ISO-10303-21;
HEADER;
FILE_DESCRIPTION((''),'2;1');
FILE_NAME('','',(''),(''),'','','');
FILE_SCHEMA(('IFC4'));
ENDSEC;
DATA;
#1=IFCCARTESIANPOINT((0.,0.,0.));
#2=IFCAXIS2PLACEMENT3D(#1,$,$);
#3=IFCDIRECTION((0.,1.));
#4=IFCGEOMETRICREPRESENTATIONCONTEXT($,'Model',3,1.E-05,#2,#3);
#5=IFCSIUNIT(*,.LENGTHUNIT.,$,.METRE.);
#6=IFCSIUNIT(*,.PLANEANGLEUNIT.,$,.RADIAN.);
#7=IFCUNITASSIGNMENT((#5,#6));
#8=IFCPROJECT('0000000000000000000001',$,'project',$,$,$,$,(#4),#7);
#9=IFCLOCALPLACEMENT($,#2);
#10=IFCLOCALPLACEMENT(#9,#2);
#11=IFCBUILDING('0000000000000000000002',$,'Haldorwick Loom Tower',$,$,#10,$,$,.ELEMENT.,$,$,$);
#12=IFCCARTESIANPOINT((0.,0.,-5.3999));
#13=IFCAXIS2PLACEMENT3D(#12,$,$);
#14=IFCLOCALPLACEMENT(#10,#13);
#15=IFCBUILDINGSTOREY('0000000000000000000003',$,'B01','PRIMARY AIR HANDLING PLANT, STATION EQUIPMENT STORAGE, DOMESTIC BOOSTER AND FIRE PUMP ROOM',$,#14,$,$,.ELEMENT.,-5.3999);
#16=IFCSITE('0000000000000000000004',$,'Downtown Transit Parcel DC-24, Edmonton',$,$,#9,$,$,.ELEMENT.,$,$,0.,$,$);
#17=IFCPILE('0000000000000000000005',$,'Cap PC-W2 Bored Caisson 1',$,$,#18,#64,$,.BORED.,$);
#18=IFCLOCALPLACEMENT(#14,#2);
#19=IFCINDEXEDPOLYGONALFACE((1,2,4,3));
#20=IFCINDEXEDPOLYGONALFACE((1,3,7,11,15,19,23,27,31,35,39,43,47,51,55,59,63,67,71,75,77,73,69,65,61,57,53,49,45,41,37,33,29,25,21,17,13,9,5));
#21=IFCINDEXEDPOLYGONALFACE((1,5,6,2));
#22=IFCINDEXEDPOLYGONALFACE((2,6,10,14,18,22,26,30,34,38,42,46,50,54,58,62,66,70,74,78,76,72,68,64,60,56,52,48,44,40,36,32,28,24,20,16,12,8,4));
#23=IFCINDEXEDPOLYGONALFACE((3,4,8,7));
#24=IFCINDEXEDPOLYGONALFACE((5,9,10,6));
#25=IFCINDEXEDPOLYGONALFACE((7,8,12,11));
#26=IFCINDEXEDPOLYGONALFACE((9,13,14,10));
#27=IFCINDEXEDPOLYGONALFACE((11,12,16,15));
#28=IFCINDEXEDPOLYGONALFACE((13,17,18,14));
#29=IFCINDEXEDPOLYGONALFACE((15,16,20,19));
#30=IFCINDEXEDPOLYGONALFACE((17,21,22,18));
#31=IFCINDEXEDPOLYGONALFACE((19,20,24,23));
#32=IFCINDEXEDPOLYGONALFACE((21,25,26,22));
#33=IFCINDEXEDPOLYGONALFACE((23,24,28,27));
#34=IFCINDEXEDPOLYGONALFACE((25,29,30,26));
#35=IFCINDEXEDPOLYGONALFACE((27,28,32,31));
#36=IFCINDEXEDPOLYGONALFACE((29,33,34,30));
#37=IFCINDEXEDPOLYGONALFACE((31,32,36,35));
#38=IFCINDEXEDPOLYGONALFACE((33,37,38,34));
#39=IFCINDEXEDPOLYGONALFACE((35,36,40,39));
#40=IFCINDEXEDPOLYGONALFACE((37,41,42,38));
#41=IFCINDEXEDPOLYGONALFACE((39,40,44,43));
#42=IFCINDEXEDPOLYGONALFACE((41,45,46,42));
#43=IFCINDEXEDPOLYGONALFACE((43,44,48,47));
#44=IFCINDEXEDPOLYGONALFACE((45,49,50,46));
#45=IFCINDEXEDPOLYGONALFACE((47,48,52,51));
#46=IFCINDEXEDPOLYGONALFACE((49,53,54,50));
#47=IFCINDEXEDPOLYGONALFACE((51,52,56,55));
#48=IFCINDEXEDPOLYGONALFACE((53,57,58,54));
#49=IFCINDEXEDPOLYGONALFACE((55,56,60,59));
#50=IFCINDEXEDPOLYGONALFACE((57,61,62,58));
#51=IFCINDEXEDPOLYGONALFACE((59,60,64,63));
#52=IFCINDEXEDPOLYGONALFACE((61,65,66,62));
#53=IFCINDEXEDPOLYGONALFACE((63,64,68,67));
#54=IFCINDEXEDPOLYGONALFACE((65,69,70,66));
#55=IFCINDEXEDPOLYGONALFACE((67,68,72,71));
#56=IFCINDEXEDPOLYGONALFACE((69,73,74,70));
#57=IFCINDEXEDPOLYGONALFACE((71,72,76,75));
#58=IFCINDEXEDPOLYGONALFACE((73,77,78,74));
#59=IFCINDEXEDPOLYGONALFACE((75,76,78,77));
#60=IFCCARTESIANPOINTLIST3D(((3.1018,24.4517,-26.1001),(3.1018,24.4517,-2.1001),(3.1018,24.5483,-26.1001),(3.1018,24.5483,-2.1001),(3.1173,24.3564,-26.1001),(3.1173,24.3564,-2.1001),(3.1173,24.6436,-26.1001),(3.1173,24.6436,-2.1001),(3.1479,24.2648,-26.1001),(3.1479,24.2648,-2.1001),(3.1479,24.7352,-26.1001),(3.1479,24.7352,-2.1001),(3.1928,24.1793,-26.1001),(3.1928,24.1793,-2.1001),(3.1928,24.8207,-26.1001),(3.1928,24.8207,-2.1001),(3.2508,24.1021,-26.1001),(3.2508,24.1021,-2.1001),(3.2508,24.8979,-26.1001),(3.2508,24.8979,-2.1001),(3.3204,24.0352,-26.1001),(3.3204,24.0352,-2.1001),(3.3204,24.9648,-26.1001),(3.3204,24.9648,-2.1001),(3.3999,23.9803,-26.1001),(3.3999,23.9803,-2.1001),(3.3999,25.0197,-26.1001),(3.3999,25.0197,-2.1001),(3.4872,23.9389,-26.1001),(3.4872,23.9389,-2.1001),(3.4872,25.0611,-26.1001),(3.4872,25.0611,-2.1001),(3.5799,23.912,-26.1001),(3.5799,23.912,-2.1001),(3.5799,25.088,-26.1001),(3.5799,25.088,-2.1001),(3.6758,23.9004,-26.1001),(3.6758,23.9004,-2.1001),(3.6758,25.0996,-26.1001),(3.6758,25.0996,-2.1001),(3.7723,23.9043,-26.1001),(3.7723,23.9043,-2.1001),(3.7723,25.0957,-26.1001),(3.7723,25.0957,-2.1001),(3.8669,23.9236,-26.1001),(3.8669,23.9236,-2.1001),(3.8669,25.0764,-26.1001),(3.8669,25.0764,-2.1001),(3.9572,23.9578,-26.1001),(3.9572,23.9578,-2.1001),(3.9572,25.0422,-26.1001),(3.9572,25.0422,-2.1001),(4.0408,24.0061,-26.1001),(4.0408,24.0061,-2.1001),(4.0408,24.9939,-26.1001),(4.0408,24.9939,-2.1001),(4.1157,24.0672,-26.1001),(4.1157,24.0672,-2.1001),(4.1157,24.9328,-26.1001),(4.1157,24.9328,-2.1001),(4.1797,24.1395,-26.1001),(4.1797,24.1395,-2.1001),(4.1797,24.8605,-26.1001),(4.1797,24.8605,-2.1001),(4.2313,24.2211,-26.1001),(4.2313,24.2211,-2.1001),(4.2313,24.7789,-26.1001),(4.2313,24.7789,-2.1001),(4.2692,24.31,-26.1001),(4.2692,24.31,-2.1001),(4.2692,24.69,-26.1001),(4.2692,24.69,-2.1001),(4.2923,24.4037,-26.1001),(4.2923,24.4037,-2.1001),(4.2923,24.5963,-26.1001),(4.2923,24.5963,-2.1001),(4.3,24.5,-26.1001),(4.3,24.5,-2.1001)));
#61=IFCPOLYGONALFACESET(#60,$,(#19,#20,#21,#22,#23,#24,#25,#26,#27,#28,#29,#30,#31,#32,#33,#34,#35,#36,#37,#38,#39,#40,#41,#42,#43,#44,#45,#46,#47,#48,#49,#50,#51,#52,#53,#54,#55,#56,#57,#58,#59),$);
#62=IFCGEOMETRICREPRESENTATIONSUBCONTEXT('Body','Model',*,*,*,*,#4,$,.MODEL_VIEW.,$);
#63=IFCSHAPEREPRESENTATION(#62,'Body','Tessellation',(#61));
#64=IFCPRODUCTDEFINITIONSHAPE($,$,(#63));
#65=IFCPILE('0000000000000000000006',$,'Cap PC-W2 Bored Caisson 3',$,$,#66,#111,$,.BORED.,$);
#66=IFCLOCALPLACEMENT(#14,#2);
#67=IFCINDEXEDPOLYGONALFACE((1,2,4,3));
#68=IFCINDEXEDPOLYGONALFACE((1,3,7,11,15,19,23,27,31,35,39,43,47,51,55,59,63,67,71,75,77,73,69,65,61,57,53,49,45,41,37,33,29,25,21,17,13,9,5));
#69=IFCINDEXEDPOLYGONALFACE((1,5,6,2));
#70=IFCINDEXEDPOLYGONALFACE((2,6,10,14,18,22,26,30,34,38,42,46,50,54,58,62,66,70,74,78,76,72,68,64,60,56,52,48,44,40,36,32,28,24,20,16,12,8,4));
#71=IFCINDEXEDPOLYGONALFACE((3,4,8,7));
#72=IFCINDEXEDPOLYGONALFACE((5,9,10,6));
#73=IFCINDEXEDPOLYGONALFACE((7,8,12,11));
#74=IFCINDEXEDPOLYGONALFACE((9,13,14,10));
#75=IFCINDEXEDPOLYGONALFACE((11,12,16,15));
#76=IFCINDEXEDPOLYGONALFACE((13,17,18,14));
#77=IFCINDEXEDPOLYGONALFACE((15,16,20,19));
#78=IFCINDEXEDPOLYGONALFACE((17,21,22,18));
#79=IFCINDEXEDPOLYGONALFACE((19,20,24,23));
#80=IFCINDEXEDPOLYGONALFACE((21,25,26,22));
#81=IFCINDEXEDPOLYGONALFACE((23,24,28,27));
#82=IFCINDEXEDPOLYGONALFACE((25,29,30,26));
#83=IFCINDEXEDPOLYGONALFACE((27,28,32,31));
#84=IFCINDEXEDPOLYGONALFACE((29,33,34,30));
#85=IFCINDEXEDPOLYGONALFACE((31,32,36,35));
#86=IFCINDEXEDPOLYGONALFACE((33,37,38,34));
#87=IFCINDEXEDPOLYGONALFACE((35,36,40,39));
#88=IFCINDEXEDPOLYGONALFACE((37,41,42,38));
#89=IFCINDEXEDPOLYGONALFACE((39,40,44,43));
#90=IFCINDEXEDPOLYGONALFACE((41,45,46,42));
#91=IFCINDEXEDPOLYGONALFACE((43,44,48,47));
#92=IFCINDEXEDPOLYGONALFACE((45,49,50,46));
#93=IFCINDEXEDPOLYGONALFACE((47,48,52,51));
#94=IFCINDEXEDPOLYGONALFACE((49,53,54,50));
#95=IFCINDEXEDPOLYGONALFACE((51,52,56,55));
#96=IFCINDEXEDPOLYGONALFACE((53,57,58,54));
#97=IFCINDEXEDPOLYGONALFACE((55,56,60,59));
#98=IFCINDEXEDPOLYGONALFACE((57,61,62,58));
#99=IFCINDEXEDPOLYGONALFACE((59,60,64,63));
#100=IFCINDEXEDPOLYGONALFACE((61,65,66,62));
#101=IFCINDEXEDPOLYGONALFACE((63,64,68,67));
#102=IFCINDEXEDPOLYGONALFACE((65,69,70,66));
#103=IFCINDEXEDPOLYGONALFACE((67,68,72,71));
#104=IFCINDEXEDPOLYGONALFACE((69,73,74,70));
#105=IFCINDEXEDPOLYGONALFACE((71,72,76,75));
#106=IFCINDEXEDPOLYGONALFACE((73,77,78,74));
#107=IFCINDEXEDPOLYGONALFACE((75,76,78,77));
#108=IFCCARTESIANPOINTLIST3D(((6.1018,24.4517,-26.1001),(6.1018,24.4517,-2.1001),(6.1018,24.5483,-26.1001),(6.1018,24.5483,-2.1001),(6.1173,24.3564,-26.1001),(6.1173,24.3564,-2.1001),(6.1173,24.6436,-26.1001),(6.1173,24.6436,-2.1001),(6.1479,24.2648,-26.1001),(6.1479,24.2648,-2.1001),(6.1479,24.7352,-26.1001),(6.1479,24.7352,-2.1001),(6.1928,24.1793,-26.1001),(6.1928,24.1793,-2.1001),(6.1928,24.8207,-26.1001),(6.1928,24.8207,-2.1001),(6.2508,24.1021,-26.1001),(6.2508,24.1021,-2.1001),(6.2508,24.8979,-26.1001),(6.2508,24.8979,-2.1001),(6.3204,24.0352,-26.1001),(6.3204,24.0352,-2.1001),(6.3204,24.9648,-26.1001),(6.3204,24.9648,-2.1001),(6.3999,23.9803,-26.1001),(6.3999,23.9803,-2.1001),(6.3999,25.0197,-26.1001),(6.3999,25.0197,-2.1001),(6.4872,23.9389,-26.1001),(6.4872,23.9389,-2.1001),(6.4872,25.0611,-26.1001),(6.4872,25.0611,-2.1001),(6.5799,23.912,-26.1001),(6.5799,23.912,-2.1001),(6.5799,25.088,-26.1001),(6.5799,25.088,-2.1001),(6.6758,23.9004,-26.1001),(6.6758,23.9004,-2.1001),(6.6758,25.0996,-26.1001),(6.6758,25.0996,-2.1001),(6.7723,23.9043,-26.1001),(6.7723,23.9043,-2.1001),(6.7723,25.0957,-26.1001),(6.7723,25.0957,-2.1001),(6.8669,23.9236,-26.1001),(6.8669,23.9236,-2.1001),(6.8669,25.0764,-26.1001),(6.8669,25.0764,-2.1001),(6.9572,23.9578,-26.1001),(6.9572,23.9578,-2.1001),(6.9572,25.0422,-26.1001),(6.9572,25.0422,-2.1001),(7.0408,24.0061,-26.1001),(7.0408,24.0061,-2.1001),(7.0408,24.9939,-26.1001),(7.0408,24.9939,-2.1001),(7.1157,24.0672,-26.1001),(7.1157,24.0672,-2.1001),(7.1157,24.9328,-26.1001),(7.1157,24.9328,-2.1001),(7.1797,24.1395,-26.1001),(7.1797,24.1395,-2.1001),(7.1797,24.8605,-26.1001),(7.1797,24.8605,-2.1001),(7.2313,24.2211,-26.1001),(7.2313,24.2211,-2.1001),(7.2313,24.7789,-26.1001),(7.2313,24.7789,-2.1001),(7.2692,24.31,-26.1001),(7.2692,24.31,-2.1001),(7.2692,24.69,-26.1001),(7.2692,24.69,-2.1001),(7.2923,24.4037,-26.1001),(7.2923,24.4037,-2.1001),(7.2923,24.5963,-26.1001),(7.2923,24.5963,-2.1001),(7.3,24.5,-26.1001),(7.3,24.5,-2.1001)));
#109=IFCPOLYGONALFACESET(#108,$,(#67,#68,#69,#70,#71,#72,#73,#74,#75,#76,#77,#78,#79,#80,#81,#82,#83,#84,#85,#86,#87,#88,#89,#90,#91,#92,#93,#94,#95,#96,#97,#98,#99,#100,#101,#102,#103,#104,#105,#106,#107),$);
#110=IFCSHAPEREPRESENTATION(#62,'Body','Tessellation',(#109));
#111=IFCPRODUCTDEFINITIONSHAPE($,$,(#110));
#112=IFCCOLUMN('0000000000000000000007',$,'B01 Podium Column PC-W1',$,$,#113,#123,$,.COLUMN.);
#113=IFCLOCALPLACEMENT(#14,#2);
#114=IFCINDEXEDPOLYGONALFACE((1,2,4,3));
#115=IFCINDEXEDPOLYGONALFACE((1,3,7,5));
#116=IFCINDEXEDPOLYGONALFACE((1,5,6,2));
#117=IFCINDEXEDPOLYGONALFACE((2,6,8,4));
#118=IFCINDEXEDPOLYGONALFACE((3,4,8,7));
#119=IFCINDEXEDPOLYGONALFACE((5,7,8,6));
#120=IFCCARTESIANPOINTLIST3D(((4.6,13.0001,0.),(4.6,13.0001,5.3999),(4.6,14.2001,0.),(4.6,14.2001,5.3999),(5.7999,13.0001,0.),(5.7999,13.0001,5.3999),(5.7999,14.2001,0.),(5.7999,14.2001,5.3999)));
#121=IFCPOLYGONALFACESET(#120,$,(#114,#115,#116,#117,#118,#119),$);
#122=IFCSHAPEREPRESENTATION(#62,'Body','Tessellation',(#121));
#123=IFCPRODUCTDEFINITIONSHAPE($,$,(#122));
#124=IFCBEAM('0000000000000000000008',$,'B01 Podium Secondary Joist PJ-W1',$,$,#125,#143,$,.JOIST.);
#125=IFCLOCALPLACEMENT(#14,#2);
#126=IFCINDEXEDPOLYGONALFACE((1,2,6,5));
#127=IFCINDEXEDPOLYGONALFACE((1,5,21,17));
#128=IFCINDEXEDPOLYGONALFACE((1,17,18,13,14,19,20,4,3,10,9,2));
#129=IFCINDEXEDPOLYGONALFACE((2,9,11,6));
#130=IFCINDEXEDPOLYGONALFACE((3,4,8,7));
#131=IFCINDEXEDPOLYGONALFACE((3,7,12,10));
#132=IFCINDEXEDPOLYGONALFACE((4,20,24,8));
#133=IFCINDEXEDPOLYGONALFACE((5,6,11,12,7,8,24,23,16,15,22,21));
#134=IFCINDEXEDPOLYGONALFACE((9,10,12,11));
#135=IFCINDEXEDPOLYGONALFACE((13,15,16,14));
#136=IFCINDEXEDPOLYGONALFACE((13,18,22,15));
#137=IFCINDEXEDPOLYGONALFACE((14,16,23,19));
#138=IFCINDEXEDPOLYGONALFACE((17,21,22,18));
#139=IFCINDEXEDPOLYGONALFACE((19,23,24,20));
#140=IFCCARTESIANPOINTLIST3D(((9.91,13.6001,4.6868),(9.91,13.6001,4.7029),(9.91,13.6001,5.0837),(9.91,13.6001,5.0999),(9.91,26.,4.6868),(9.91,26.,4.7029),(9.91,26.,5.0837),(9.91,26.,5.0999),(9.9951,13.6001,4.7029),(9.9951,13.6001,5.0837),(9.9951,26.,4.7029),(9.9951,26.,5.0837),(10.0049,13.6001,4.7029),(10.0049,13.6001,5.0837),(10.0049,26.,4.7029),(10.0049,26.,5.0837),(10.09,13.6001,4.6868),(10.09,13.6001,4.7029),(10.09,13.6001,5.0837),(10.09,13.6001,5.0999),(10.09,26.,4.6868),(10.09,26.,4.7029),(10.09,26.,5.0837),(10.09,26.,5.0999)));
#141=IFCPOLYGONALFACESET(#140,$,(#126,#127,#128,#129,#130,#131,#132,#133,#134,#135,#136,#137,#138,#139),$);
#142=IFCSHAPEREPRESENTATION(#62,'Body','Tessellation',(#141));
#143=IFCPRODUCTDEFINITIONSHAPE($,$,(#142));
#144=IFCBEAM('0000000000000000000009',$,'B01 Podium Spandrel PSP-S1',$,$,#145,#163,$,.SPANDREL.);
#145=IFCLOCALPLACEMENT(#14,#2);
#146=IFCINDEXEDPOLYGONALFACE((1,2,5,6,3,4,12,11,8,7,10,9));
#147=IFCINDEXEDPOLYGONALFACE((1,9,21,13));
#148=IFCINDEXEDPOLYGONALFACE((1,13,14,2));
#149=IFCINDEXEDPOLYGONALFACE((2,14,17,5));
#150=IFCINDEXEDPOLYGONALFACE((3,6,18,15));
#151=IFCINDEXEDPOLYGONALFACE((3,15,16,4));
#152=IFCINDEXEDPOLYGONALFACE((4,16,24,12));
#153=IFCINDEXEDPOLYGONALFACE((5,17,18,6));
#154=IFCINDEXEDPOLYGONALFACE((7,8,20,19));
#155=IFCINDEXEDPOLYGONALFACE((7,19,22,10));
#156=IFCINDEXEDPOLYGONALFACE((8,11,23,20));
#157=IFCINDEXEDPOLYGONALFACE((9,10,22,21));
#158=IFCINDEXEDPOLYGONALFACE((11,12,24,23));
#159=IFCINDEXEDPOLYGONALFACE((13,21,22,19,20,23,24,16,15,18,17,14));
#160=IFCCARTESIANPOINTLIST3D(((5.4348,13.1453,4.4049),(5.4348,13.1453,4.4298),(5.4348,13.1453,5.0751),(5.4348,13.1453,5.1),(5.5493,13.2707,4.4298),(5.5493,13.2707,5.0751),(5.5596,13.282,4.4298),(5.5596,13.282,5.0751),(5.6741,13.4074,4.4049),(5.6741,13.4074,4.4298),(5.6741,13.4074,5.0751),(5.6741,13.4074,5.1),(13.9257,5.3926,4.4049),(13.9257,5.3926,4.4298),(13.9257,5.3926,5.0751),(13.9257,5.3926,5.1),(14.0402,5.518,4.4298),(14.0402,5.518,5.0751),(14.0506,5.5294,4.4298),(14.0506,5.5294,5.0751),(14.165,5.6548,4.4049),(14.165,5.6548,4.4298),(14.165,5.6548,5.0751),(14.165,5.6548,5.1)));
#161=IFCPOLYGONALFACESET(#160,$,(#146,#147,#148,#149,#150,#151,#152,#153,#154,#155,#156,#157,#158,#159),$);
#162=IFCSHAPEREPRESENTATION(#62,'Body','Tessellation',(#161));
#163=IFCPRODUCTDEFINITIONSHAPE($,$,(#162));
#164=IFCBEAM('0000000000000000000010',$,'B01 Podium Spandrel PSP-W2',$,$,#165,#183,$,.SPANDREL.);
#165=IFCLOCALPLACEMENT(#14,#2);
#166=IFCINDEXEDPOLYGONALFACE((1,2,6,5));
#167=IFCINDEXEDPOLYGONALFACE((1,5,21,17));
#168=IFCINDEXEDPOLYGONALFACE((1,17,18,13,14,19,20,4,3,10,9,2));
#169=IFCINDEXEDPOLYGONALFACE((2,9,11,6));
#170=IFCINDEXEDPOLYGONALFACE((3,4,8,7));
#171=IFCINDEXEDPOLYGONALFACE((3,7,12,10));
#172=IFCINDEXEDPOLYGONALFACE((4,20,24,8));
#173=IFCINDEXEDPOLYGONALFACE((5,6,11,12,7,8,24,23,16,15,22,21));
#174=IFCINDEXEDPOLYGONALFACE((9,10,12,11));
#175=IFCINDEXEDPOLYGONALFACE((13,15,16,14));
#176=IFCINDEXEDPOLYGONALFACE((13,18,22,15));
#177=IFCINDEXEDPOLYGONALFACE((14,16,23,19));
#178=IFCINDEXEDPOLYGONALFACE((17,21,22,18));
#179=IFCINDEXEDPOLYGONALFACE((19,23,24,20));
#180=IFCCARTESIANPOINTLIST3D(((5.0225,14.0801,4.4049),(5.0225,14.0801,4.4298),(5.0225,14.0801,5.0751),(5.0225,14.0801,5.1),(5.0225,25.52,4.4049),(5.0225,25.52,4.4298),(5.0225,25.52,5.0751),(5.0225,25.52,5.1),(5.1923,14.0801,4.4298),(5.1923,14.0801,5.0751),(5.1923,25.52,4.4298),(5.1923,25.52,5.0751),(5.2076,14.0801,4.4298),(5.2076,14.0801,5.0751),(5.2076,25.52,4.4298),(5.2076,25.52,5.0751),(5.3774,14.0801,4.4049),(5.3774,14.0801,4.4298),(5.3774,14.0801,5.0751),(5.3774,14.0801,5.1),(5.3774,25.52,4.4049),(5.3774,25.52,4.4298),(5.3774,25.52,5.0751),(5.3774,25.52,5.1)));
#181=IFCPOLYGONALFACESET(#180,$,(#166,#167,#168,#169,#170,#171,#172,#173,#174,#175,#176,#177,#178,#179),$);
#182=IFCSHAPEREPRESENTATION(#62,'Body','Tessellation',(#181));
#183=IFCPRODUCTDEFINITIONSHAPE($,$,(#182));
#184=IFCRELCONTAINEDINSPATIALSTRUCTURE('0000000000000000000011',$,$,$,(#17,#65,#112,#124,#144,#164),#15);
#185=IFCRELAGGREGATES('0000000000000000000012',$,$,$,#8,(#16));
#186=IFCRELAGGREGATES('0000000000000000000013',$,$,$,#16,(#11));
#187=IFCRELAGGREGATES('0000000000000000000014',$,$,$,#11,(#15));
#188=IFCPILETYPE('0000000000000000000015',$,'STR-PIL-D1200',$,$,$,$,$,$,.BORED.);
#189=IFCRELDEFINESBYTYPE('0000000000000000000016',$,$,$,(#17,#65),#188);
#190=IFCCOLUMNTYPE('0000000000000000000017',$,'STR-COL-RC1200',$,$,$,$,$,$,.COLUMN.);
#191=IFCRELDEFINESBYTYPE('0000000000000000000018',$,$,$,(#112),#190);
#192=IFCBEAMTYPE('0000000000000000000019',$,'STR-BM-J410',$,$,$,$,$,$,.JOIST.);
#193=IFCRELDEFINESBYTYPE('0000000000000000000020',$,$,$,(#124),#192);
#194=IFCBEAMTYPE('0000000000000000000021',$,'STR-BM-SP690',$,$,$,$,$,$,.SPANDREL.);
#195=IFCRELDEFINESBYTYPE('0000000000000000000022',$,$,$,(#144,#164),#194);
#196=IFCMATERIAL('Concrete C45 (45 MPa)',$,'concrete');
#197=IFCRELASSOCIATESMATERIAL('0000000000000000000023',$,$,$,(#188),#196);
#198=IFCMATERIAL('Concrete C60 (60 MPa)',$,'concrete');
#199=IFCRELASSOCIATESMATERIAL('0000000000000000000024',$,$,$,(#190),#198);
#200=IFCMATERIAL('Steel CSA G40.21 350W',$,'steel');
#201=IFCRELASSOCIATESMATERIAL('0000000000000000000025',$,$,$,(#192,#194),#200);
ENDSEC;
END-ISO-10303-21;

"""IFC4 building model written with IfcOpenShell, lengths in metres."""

from ifc_helpers import new_model, si_unit, direction, frame, origin, origin_2d, place, context, subcontext, project, spatial, rectangle, circle, i_section, extrude, material, material_profile, profile_set, type_object, element, save


model = new_model("IFC4")

# Units and contexts
model_context = context("Model", 3, precision=1e-05, world=origin(), true_north=direction((0.0, 1.0)))
body_context = subcontext(model_context, "Body", "Model", "MODEL_VIEW")
ifc_project = project(units=[si_unit("LENGTHUNIT", "METRE"), si_unit("PLANEANGLEUNIT", "RADIAN")], contexts=[model_context])

# Site, building, storey
site_placement = place(None, origin())
site = spatial("IfcSite", under=ifc_project, at=site_placement, Name="Downtown Transit Parcel DC-24, Edmonton", CompositionType="ELEMENT", RefElevation=0.0)
building_placement = place(site_placement, origin())
building = spatial("IfcBuilding", under=site, at=building_placement, Name="Haldorwick Loom Tower", CompositionType="ELEMENT")
storey_placement = place(building_placement, frame((0.0, 0.0, -5.3999)))
storey = spatial("IfcBuildingStorey", under=building, at=storey_placement, Name="B01", Description="PRIMARY AIR HANDLING PLANT, STATION EQUIPMENT STORAGE, DOMESTIC BOOSTER AND FIRE PUMP ROOM", CompositionType="ELEMENT", Elevation=-5.3999)

# Shared definitions
ifc_material_1 = material(Name="Concrete C45 (45 MPa)", Category="concrete")

# Piles
ifc_material_profile_1 = material_profile(ifc_material_1, circle(Radius=0.6001, at=origin_2d()), Name="CAISSON_D1200", Category="concrete")
ifc_profile_set_1 = profile_set([ifc_material_profile_1], Name="Concrete C45 (45 MPa)")
pile_type = type_object("IfcPileType", Name="STR-PIL-D1200", PredefinedType="BORED", material=ifc_profile_set_1)
for number, where, z_axis, x_axis, name in (
    (1, (3.7, 24.5, -2.1001), (0.0, 0.0, -1.0), (1.0, 0.0, 0.0), "Cap PC-W2 Bored Caisson 1"),
    (2, (6.7, 24.5, -2.1001), (0.0, 0.0, -1.0), (1.0, 0.0, 0.0), "Cap PC-W2 Bored Caisson 3"),
):
    element("IfcPile", number, at=place(storey_placement, frame(where, z_axis=z_axis, x_axis=x_axis)), inside=storey, type_object=pile_type, Name=name, PredefinedType="BORED", context=body_context, shape_type="SweptSolid", body=[
        extrude(circle(Radius=0.6001, at=origin_2d()), origin(), (0.0, 0.0, 1.0), 24.0),
    ])

# Column
ifc_material_2 = material(Name="Concrete C60 (60 MPa)", Category="concrete")
ifc_material_profile_2 = material_profile(ifc_material_2, rectangle(XDim=1.2, YDim=1.2, at=origin_2d()), Name="RC1200X1200", Category="concrete")
ifc_profile_set_2 = profile_set([ifc_material_profile_2], Name="Concrete C60 (60 MPa)")
column_type = type_object("IfcColumnType", Name="STR-COL-RC1200", PredefinedType="COLUMN", material=ifc_profile_set_2)
column_placement = place(storey_placement, frame((5.2, 13.6001, 0.0), z_axis=(0.0, 0.0, 1.0), x_axis=(1.0, 0.0, 0.0)))
element("IfcColumn", 3, at=column_placement, inside=storey, type_object=column_type, Name="B01 Podium Column PC-W1", PredefinedType="COLUMN", context=body_context, shape_type="SweptSolid", body=[
    extrude(rectangle(XDim=1.2, YDim=1.2, at=origin_2d()), origin(), (0.0, 0.0, 1.0), 5.3999),
])

# Beams
ifc_material_3 = material(Name="Steel CSA G40.21 350W", Category="steel")
ifc_material_profile_3 = material_profile(ifc_material_3, i_section(OverallWidth=0.1799, OverallDepth=0.4131, WebThickness=0.0098, FlangeThickness=0.0161, at=origin_2d()), Name="W410X74", Category="steel")
ifc_profile_set_3 = profile_set([ifc_material_profile_3], Name="Steel CSA G40.21 350W")
beam_type_1 = type_object("IfcBeamType", Name="STR-BM-J410", PredefinedType="JOIST", material=ifc_profile_set_3)
beam_1_placement = place(storey_placement, frame((10.0, 13.6001, 4.8933), z_axis=(0.0, 1.0, 0.0), x_axis=(-1.0, 0.0, 0.0)))
element("IfcBeam", 4, at=beam_1_placement, inside=storey, type_object=beam_type_1, Name="B01 Podium Secondary Joist PJ-W1", PredefinedType="JOIST", context=body_context, shape_type="SweptSolid", body=[
    extrude(i_section(OverallWidth=0.1799, OverallDepth=0.4131, WebThickness=0.0098, FlangeThickness=0.0161, at=origin_2d()), origin(), (0.0, 0.0, 1.0), 12.3999),
])
ifc_material_profile_4 = material_profile(ifc_material_3, i_section(OverallWidth=0.355, OverallDepth=0.6951, WebThickness=0.0154, FlangeThickness=0.0249, at=origin_2d()), Name="W690X217", Category="steel")
ifc_profile_set_4 = profile_set([ifc_material_profile_4], Name="Steel CSA G40.21 350W")
beam_type_2 = type_object("IfcBeamType", Name="STR-BM-SP690", PredefinedType="SPANDREL", material=ifc_profile_set_4)
beam_2_placement = place(storey_placement, frame((5.5544, 13.2764, 4.7524), z_axis=(0.738483, -0.674272, 0.0), x_axis=(0.674272, 0.738483, 0.0)))
element("IfcBeam", 5, at=beam_2_placement, inside=storey, type_object=beam_type_2, Name="B01 Podium Spandrel PSP-S1", PredefinedType="SPANDREL", context=body_context, shape_type="SweptSolid", body=[
    extrude(i_section(OverallWidth=0.355, OverallDepth=0.6951, WebThickness=0.0154, FlangeThickness=0.0249, at=origin_2d()), origin(), (0.0, 0.0, 1.0), 11.4978),
])
beam_3_placement = place(storey_placement, frame((5.2, 25.52, 4.7524), z_axis=(0.0, -1.0, 0.0), x_axis=(1.0, 0.0, 0.0)))
element("IfcBeam", 6, at=beam_3_placement, inside=storey, type_object=beam_type_2, Name="B01 Podium Spandrel PSP-W2", PredefinedType="SPANDREL", context=body_context, shape_type="SweptSolid", body=[
    extrude(i_section(OverallWidth=0.355, OverallDepth=0.6951, WebThickness=0.0154, FlangeThickness=0.0249, at=origin_2d()), origin(), (0.0, 0.0, 1.0), 11.4399),
])

save(model, "model.ifc")
